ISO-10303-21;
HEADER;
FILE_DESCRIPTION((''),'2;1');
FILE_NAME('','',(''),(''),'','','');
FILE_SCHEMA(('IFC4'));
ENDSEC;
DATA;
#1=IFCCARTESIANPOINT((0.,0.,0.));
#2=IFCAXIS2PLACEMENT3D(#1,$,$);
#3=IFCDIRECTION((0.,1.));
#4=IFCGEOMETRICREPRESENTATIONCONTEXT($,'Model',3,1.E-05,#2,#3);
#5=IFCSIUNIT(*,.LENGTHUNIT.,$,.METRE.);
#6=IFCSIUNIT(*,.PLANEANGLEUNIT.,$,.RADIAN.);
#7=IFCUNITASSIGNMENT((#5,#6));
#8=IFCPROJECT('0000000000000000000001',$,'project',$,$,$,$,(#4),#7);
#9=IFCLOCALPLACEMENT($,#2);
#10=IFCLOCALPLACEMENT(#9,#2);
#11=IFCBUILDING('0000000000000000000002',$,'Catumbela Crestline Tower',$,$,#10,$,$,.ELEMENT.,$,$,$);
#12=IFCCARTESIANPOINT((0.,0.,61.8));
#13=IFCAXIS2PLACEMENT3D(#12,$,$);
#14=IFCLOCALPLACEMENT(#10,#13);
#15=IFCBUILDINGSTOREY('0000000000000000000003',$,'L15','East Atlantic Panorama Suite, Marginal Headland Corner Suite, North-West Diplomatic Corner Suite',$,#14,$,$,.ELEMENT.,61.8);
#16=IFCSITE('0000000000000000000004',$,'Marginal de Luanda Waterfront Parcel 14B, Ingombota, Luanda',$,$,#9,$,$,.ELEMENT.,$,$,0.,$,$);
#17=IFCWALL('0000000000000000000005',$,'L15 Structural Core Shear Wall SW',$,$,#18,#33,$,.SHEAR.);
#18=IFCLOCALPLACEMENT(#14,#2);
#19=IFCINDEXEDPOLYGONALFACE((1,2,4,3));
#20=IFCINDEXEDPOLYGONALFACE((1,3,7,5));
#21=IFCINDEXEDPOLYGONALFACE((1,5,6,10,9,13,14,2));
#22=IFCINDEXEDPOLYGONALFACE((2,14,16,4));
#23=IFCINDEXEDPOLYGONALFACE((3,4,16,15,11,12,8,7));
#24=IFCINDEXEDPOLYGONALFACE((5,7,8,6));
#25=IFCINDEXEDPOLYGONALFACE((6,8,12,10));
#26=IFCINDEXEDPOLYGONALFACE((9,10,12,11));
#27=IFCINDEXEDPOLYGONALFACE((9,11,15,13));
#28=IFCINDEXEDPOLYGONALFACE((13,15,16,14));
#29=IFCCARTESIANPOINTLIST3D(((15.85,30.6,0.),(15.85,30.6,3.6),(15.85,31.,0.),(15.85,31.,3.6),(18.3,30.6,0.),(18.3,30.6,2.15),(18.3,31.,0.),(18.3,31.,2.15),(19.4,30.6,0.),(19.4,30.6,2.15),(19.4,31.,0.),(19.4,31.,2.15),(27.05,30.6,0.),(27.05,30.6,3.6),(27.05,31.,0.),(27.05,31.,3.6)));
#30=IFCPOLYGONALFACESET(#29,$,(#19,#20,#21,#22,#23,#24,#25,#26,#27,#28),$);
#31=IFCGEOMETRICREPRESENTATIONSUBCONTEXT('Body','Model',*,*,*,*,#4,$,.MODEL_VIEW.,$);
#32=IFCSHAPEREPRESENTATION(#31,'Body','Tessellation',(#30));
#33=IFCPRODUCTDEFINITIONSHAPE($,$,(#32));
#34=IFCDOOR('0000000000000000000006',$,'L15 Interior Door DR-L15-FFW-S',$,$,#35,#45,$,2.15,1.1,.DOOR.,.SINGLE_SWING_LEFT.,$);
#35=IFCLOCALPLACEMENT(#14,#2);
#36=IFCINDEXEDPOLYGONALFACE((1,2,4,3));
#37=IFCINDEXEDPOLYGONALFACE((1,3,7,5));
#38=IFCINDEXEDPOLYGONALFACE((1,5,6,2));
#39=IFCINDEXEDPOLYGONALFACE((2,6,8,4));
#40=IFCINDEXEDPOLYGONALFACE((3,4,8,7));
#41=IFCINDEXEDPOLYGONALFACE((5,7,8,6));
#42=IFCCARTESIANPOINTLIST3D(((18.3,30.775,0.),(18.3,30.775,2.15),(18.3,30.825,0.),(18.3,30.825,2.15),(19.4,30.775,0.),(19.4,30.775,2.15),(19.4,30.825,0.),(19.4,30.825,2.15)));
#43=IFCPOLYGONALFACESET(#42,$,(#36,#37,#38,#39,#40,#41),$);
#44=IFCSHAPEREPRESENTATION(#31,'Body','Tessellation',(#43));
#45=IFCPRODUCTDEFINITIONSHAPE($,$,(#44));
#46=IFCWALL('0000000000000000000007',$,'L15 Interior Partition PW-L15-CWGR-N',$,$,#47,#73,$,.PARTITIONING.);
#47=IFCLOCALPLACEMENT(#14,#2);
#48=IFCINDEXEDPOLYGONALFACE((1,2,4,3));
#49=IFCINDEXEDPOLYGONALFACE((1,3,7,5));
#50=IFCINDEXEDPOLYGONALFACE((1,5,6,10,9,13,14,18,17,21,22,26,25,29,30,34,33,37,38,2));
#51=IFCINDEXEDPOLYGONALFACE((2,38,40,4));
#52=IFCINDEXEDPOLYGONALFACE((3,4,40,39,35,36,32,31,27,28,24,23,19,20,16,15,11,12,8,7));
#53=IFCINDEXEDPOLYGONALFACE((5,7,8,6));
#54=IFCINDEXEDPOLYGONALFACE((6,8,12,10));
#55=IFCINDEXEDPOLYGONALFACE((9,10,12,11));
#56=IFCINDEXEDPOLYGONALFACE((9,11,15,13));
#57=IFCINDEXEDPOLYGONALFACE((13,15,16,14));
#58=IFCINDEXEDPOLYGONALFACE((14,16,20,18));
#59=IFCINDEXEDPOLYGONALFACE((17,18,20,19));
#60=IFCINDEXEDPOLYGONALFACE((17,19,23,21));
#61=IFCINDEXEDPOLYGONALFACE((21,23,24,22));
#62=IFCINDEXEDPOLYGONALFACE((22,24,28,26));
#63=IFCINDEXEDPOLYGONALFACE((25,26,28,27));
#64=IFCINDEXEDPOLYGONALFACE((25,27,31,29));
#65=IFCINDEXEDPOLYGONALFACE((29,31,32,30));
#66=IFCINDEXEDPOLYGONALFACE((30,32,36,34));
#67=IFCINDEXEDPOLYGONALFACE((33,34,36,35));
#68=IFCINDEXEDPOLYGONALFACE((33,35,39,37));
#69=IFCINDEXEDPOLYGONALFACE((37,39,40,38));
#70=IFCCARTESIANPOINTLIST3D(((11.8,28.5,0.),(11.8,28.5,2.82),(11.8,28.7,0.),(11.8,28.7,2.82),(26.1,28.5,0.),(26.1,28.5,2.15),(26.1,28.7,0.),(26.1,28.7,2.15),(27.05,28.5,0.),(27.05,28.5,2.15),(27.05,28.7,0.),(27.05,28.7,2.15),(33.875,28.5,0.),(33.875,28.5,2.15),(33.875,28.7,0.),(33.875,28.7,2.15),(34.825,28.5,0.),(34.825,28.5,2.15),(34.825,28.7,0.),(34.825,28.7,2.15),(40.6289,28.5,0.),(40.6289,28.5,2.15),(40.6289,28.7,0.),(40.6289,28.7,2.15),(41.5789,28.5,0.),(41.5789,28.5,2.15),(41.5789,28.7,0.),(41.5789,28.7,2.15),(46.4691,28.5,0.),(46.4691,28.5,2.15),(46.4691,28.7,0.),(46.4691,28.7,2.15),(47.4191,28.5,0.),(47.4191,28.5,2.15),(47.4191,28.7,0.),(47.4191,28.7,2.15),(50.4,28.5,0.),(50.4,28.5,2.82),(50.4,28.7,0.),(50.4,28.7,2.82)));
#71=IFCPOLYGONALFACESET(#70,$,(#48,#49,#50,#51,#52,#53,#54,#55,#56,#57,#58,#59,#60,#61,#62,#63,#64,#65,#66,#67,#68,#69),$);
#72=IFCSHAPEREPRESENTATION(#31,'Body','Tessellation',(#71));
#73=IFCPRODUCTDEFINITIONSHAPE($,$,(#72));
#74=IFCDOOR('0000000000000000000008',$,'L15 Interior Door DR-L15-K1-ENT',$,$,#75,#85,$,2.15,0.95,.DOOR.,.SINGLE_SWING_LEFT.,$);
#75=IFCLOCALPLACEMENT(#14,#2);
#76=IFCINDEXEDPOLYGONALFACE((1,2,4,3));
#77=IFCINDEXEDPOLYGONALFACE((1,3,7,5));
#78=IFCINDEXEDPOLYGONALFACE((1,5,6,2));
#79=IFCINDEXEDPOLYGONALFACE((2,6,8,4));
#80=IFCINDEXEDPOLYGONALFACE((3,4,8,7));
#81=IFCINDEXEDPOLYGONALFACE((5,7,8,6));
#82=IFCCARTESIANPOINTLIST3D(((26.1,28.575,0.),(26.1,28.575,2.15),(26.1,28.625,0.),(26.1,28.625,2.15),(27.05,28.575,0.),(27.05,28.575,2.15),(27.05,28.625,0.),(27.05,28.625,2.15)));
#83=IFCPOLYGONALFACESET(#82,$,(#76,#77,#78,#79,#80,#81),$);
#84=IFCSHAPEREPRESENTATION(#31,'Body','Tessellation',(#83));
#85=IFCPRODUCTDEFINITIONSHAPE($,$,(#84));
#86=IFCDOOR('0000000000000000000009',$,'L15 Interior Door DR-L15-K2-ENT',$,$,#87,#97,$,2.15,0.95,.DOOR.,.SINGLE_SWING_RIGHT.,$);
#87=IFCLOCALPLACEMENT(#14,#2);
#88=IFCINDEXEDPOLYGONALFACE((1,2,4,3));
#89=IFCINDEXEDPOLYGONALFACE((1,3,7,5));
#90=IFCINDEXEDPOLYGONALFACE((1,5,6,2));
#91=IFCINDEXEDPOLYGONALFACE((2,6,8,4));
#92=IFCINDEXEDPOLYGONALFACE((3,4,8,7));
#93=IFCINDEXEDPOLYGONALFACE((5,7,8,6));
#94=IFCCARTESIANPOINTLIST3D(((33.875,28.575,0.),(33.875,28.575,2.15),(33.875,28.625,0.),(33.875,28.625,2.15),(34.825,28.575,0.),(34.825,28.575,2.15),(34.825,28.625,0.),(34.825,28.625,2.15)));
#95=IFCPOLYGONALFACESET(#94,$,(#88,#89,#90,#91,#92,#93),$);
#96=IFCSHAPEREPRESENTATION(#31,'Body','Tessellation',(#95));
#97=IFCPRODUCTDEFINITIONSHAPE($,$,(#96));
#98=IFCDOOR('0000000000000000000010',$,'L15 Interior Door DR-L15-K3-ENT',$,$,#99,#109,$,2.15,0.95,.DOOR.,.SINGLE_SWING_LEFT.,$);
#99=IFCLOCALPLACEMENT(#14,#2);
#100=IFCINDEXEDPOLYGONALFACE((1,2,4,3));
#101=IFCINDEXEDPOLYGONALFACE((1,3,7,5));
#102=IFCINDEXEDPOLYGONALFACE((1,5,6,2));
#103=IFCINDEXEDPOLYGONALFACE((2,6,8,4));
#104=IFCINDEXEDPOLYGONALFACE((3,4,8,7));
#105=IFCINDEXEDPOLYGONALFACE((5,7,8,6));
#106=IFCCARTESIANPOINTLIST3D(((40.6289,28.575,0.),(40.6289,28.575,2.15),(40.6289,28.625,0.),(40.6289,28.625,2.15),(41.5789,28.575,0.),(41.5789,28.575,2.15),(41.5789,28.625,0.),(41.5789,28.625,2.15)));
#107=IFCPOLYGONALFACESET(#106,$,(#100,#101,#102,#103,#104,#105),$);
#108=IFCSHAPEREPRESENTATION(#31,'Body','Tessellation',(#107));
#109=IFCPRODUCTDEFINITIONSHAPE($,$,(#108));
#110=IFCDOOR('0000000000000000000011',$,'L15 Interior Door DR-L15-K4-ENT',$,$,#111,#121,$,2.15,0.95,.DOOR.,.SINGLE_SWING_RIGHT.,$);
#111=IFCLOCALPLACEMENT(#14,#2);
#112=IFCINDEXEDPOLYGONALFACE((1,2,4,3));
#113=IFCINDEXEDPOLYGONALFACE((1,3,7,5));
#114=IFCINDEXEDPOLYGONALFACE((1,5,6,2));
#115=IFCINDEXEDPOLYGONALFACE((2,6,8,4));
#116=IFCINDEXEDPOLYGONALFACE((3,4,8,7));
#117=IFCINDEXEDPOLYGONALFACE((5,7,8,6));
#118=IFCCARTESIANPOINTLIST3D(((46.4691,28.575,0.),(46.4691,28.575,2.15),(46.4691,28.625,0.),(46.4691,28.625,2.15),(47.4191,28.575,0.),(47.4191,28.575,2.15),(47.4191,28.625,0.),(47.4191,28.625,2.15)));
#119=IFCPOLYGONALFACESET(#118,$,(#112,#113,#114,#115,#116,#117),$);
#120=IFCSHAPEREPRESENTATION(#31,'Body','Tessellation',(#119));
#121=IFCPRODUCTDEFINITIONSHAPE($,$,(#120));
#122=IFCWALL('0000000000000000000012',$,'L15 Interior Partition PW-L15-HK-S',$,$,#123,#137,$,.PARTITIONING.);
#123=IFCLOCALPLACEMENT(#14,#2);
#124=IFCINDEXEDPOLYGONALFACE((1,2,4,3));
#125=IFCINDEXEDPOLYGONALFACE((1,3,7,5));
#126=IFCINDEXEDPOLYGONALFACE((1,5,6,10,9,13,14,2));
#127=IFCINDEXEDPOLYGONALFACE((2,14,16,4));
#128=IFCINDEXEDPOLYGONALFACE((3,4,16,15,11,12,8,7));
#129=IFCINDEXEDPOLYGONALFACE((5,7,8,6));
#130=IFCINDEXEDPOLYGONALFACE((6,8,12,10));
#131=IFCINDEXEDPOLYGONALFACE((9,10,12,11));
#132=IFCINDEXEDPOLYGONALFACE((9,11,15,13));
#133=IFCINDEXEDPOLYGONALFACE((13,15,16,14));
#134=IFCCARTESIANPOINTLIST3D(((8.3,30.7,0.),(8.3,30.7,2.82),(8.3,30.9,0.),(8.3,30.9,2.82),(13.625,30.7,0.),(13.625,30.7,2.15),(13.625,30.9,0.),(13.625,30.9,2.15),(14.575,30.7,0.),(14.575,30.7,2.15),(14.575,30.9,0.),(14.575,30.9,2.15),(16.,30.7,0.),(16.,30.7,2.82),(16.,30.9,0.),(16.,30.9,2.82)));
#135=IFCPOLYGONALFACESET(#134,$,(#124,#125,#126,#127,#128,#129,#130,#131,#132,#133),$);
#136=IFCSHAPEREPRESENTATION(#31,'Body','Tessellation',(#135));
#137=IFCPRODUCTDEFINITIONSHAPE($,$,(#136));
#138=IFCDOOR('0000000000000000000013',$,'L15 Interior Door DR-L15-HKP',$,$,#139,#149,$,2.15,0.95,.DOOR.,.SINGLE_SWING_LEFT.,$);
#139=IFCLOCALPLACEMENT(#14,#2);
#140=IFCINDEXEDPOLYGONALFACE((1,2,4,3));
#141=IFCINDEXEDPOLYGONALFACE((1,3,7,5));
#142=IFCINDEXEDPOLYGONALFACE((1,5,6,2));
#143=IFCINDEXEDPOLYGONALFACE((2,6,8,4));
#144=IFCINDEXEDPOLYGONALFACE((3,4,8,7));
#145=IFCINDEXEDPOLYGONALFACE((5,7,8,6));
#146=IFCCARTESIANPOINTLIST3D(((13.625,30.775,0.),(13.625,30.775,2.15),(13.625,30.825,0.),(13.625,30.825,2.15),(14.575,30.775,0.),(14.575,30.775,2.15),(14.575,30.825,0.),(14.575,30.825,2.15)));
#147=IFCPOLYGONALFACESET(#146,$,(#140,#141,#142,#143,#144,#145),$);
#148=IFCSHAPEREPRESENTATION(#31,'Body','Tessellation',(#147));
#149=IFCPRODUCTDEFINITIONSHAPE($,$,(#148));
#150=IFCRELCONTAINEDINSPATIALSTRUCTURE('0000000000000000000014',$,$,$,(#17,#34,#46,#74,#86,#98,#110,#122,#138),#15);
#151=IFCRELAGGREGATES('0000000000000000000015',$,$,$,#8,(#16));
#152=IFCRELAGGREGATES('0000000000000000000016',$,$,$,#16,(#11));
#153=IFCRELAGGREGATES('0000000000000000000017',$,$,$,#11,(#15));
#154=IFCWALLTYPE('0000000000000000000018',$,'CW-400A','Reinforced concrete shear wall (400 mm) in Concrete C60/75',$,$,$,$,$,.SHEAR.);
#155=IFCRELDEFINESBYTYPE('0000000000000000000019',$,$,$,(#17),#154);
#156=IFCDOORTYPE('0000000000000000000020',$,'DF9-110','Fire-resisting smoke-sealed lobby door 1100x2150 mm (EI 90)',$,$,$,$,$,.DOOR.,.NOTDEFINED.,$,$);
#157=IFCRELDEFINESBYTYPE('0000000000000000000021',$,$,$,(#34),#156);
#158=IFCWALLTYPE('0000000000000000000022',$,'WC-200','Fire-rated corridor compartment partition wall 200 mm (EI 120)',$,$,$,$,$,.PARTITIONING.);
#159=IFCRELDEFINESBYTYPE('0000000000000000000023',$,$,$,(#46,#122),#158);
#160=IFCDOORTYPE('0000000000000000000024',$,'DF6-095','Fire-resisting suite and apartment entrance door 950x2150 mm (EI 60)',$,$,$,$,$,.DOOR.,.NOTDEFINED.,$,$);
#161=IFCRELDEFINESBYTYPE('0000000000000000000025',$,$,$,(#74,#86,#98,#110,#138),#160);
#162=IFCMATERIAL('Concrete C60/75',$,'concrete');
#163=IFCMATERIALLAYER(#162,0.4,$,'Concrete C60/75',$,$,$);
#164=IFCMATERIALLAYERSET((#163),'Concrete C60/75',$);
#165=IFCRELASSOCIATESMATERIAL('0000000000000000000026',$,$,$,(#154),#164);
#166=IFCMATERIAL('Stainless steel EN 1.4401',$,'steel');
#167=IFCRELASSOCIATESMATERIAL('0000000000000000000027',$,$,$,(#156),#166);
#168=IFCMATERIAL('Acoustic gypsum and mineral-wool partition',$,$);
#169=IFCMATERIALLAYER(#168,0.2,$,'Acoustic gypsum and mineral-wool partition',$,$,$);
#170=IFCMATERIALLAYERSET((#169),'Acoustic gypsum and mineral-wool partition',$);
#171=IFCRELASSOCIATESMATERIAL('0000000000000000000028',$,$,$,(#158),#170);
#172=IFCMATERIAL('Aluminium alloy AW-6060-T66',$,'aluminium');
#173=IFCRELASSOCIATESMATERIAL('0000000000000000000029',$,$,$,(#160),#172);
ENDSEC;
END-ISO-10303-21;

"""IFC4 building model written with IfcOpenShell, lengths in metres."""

from ifc_helpers import new_model, si_unit, direction, frame, frame_2d, origin, place, context, subcontext, project, spatial, rectangle, extrude, material, layer, layer_set, type_object, element, fill, save


model = new_model("IFC4")

# Units and contexts
model_context = context("Model", 3, precision=1e-05, world=origin(), true_north=direction((0.0, 1.0)))
body_context = subcontext(model_context, "Body", "Model", "MODEL_VIEW")
ifc_project = project(units=[si_unit("LENGTHUNIT", "METRE"), si_unit("PLANEANGLEUNIT", "RADIAN")], contexts=[model_context])

# Site, building, storey
site_placement = place(None, origin())
site = spatial("IfcSite", under=ifc_project, at=site_placement, Name="Marginal de Luanda Waterfront Parcel 14B, Ingombota, Luanda", CompositionType="ELEMENT", RefElevation=0.0)
building_placement = place(site_placement, origin())
building = spatial("IfcBuilding", under=site, at=building_placement, Name="Catumbela Crestline Tower", CompositionType="ELEMENT")
storey_placement = place(building_placement, frame((0.0, 0.0, 61.8)))
storey = spatial("IfcBuildingStorey", under=building, at=storey_placement, Name="L15", Description="East Atlantic Panorama Suite, Marginal Headland Corner Suite, North-West Diplomatic Corner Suite", CompositionType="ELEMENT", Elevation=61.8)

# Shared definitions
ifc_material_1 = material(Name="Stainless steel EN 1.4401", Category="steel")

# Shared definitions
ifc_material_2 = material(Name="Concrete C60/75", Category="concrete")
ifc_layer_1 = layer(ifc_material_2, 0.4, Name="Concrete C60/75")
ifc_layer_set_1 = layer_set([ifc_layer_1], Name="Concrete C60/75")
wall_type_1 = type_object("IfcWallType", Name="CW-400A", Description="Reinforced concrete shear wall (400 mm) in Concrete C60/75", PredefinedType="SHEAR", material=ifc_layer_set_1)

# Wall, opening, door
wall_1_placement = place(storey_placement, frame((15.85, 30.8, 0.0), z_axis=(0.0, 0.0, 1.0), x_axis=(1.0, 0.0, 0.0)))
wall_1 = element("IfcWall", 1, at=wall_1_placement, inside=storey, type_object=wall_type_1, Name="L15 Structural Core Shear Wall SW", PredefinedType="SHEAR", context=body_context, shape_type="SweptSolid", body=[
    extrude(rectangle(XDim=11.2, YDim=0.4, at=frame_2d((5.6, 0.0))), origin(), (0.0, 0.0, 1.0), 3.6),
])
opening_1_placement = place(wall_1_placement, frame((2.45, 0.0, 0.0)))
opening_1 = element("IfcOpeningElement", 2, at=opening_1_placement, cuts=wall_1, PredefinedType="OPENING", context=body_context, shape_type="SweptSolid", body=[
    extrude(rectangle(XDim=1.1, YDim=2.15, at=frame_2d((0.55, 1.075))), frame((0.0, 0.21, 0.0), z_axis=(0.0, -1.0, 0.0), x_axis=(1.0, 0.0, 0.0)), (0.0, 0.0, 1.0), 0.42),
])
door_type_1 = type_object("IfcDoorType", Name="DF9-110", Description="Fire-resisting smoke-sealed lobby door 1100x2150 mm (EI 90)", OperationType="NOTDEFINED", PredefinedType="DOOR", material=ifc_material_1)
door_1_placement = place(opening_1_placement, origin())
door_1 = element("IfcDoor", 3, at=door_1_placement, inside=storey, type_object=door_type_1, Name="L15 Interior Door DR-L15-FFW-S", OperationType="SINGLE_SWING_LEFT", OverallHeight=2.15, OverallWidth=1.1, PredefinedType="DOOR", context=body_context, shape_type="SweptSolid", body=[
    extrude(rectangle(XDim=1.1, YDim=2.15, at=frame_2d((0.55, 1.075))), frame((0.0, 0.025, 0.0), z_axis=(0.0, -1.0, 0.0), x_axis=(1.0, 0.0, 0.0)), (0.0, 0.0, 1.0), 0.05),
])
fill(opening_1, door_1)

# Wall, openings, doors
ifc_material_3 = material(Name="Acoustic gypsum and mineral-wool partition")
ifc_layer_2 = layer(ifc_material_3, 0.2, Name="Acoustic gypsum and mineral-wool partition")
ifc_layer_set_2 = layer_set([ifc_layer_2], Name="Acoustic gypsum and mineral-wool partition")
wall_type_2 = type_object("IfcWallType", Name="WC-200", Description="Fire-rated corridor compartment partition wall 200 mm (EI 120)", PredefinedType="PARTITIONING", material=ifc_layer_set_2)
wall_2_placement = place(storey_placement, frame((11.8, 28.6, 0.0), z_axis=(0.0, 0.0, 1.0), x_axis=(1.0, 0.0, 0.0)))
wall_2 = element("IfcWall", 4, at=wall_2_placement, inside=storey, type_object=wall_type_2, Name="L15 Interior Partition PW-L15-CWGR-N", PredefinedType="PARTITIONING", context=body_context, shape_type="SweptSolid", body=[
    extrude(rectangle(XDim=38.6, YDim=0.2, at=frame_2d((19.3, 0.0))), origin(), (0.0, 0.0, 1.0), 2.82),
])
opening_2_placement = place(wall_2_placement, frame((14.3, 0.0, 0.0)))
opening_2 = element("IfcOpeningElement", 5, at=opening_2_placement, cuts=wall_2, PredefinedType="OPENING", context=body_context, shape_type="SweptSolid", body=[
    extrude(rectangle(XDim=0.95, YDim=2.15, at=frame_2d((0.475, 1.075))), frame((0.0, 0.11, 0.0), z_axis=(0.0, -1.0, 0.0), x_axis=(1.0, 0.0, 0.0)), (0.0, 0.0, 1.0), 0.22),
])
opening_3_placement = place(wall_2_placement, frame((22.075, 0.0, 0.0)))
opening_3 = element("IfcOpeningElement", 6, at=opening_3_placement, cuts=wall_2, PredefinedType="OPENING", context=body_context, shape_type="SweptSolid", body=[
    extrude(rectangle(XDim=0.95, YDim=2.15, at=frame_2d((0.475, 1.075))), frame((0.0, 0.11, 0.0), z_axis=(0.0, -1.0, 0.0), x_axis=(1.0, 0.0, 0.0)), (0.0, 0.0, 1.0), 0.22),
])
opening_4_placement = place(wall_2_placement, frame((28.8289, 0.0, 0.0)))
opening_4 = element("IfcOpeningElement", 7, at=opening_4_placement, cuts=wall_2, PredefinedType="OPENING", context=body_context, shape_type="SweptSolid", body=[
    extrude(rectangle(XDim=0.95, YDim=2.15, at=frame_2d((0.475, 1.075))), frame((0.0, 0.11, 0.0), z_axis=(0.0, -1.0, 0.0), x_axis=(1.0, 0.0, 0.0)), (0.0, 0.0, 1.0), 0.22),
])
opening_5_placement = place(wall_2_placement, frame((34.6691, 0.0, 0.0)))
opening_5 = element("IfcOpeningElement", 8, at=opening_5_placement, cuts=wall_2, PredefinedType="OPENING", context=body_context, shape_type="SweptSolid", body=[
    extrude(rectangle(XDim=0.95, YDim=2.15, at=frame_2d((0.475, 1.075))), frame((0.0, 0.11, 0.0), z_axis=(0.0, -1.0, 0.0), x_axis=(1.0, 0.0, 0.0)), (0.0, 0.0, 1.0), 0.22),
])
ifc_material_4 = material(Name="Aluminium alloy AW-6060-T66", Category="aluminium")
door_type_2 = type_object("IfcDoorType", Name="DF6-095", Description="Fire-resisting suite and apartment entrance door 950x2150 mm (EI 60)", OperationType="NOTDEFINED", PredefinedType="DOOR", material=ifc_material_4)
door_2_placement = place(opening_2_placement, origin())
door_2 = element("IfcDoor", 9, at=door_2_placement, inside=storey, type_object=door_type_2, Name="L15 Interior Door DR-L15-K1-ENT", OperationType="SINGLE_SWING_LEFT", OverallHeight=2.15, OverallWidth=0.95, PredefinedType="DOOR", context=body_context, shape_type="SweptSolid", body=[
    extrude(rectangle(XDim=0.95, YDim=2.15, at=frame_2d((0.475, 1.075))), frame((0.0, 0.025, 0.0), z_axis=(0.0, -1.0, 0.0), x_axis=(1.0, 0.0, 0.0)), (0.0, 0.0, 1.0), 0.05),
])
fill(opening_2, door_2)
door_3_placement = place(opening_3_placement, origin())
door_3 = element("IfcDoor", 10, at=door_3_placement, inside=storey, type_object=door_type_2, Name="L15 Interior Door DR-L15-K2-ENT", OperationType="SINGLE_SWING_RIGHT", OverallHeight=2.15, OverallWidth=0.95, PredefinedType="DOOR", context=body_context, shape_type="SweptSolid", body=[
    extrude(rectangle(XDim=0.95, YDim=2.15, at=frame_2d((0.475, 1.075))), frame((0.0, 0.025, 0.0), z_axis=(0.0, -1.0, 0.0), x_axis=(1.0, 0.0, 0.0)), (0.0, 0.0, 1.0), 0.05),
])
fill(opening_3, door_3)
door_4_placement = place(opening_4_placement, origin())
door_4 = element("IfcDoor", 11, at=door_4_placement, inside=storey, type_object=door_type_2, Name="L15 Interior Door DR-L15-K3-ENT", OperationType="SINGLE_SWING_LEFT", OverallHeight=2.15, OverallWidth=0.95, PredefinedType="DOOR", context=body_context, shape_type="SweptSolid", body=[
    extrude(rectangle(XDim=0.95, YDim=2.15, at=frame_2d((0.475, 1.075))), frame((0.0, 0.025, 0.0), z_axis=(0.0, -1.0, 0.0), x_axis=(1.0, 0.0, 0.0)), (0.0, 0.0, 1.0), 0.05),
])
fill(opening_4, door_4)
door_5_placement = place(opening_5_placement, origin())
door_5 = element("IfcDoor", 12, at=door_5_placement, inside=storey, type_object=door_type_2, Name="L15 Interior Door DR-L15-K4-ENT", OperationType="SINGLE_SWING_RIGHT", OverallHeight=2.15, OverallWidth=0.95, PredefinedType="DOOR", context=body_context, shape_type="SweptSolid", body=[
    extrude(rectangle(XDim=0.95, YDim=2.15, at=frame_2d((0.475, 1.075))), frame((0.0, 0.025, 0.0), z_axis=(0.0, -1.0, 0.0), x_axis=(1.0, 0.0, 0.0)), (0.0, 0.0, 1.0), 0.05),
])
fill(opening_5, door_5)

# Wall, opening, door
wall_3_placement = place(storey_placement, frame((8.3, 30.8, 0.0), z_axis=(0.0, 0.0, 1.0), x_axis=(1.0, 0.0, 0.0)))
wall_3 = element("IfcWall", 13, at=wall_3_placement, inside=storey, type_object=wall_type_2, Name="L15 Interior Partition PW-L15-HK-S", PredefinedType="PARTITIONING", context=body_context, shape_type="SweptSolid", body=[
    extrude(rectangle(XDim=7.7, YDim=0.2, at=frame_2d((3.85, 0.0))), origin(), (0.0, 0.0, 1.0), 2.82),
])
opening_6_placement = place(wall_3_placement, frame((5.325, 0.0, 0.0)))
opening_6 = element("IfcOpeningElement", 14, at=opening_6_placement, cuts=wall_3, PredefinedType="OPENING", context=body_context, shape_type="SweptSolid", body=[
    extrude(rectangle(XDim=0.95, YDim=2.15, at=frame_2d((0.475, 1.075))), frame((0.0, 0.11, 0.0), z_axis=(0.0, -1.0, 0.0), x_axis=(1.0, 0.0, 0.0)), (0.0, 0.0, 1.0), 0.22),
])
door_6_placement = place(opening_6_placement, origin())
door_6 = element("IfcDoor", 15, at=door_6_placement, inside=storey, type_object=door_type_2, Name="L15 Interior Door DR-L15-HKP", OperationType="SINGLE_SWING_LEFT", OverallHeight=2.15, OverallWidth=0.95, PredefinedType="DOOR", context=body_context, shape_type="SweptSolid", body=[
    extrude(rectangle(XDim=0.95, YDim=2.15, at=frame_2d((0.475, 1.075))), frame((0.0, 0.025, 0.0), z_axis=(0.0, -1.0, 0.0), x_axis=(1.0, 0.0, 0.0)), (0.0, 0.0, 1.0), 0.05),
])
fill(opening_6, door_6)

save(model, "model.ifc")
